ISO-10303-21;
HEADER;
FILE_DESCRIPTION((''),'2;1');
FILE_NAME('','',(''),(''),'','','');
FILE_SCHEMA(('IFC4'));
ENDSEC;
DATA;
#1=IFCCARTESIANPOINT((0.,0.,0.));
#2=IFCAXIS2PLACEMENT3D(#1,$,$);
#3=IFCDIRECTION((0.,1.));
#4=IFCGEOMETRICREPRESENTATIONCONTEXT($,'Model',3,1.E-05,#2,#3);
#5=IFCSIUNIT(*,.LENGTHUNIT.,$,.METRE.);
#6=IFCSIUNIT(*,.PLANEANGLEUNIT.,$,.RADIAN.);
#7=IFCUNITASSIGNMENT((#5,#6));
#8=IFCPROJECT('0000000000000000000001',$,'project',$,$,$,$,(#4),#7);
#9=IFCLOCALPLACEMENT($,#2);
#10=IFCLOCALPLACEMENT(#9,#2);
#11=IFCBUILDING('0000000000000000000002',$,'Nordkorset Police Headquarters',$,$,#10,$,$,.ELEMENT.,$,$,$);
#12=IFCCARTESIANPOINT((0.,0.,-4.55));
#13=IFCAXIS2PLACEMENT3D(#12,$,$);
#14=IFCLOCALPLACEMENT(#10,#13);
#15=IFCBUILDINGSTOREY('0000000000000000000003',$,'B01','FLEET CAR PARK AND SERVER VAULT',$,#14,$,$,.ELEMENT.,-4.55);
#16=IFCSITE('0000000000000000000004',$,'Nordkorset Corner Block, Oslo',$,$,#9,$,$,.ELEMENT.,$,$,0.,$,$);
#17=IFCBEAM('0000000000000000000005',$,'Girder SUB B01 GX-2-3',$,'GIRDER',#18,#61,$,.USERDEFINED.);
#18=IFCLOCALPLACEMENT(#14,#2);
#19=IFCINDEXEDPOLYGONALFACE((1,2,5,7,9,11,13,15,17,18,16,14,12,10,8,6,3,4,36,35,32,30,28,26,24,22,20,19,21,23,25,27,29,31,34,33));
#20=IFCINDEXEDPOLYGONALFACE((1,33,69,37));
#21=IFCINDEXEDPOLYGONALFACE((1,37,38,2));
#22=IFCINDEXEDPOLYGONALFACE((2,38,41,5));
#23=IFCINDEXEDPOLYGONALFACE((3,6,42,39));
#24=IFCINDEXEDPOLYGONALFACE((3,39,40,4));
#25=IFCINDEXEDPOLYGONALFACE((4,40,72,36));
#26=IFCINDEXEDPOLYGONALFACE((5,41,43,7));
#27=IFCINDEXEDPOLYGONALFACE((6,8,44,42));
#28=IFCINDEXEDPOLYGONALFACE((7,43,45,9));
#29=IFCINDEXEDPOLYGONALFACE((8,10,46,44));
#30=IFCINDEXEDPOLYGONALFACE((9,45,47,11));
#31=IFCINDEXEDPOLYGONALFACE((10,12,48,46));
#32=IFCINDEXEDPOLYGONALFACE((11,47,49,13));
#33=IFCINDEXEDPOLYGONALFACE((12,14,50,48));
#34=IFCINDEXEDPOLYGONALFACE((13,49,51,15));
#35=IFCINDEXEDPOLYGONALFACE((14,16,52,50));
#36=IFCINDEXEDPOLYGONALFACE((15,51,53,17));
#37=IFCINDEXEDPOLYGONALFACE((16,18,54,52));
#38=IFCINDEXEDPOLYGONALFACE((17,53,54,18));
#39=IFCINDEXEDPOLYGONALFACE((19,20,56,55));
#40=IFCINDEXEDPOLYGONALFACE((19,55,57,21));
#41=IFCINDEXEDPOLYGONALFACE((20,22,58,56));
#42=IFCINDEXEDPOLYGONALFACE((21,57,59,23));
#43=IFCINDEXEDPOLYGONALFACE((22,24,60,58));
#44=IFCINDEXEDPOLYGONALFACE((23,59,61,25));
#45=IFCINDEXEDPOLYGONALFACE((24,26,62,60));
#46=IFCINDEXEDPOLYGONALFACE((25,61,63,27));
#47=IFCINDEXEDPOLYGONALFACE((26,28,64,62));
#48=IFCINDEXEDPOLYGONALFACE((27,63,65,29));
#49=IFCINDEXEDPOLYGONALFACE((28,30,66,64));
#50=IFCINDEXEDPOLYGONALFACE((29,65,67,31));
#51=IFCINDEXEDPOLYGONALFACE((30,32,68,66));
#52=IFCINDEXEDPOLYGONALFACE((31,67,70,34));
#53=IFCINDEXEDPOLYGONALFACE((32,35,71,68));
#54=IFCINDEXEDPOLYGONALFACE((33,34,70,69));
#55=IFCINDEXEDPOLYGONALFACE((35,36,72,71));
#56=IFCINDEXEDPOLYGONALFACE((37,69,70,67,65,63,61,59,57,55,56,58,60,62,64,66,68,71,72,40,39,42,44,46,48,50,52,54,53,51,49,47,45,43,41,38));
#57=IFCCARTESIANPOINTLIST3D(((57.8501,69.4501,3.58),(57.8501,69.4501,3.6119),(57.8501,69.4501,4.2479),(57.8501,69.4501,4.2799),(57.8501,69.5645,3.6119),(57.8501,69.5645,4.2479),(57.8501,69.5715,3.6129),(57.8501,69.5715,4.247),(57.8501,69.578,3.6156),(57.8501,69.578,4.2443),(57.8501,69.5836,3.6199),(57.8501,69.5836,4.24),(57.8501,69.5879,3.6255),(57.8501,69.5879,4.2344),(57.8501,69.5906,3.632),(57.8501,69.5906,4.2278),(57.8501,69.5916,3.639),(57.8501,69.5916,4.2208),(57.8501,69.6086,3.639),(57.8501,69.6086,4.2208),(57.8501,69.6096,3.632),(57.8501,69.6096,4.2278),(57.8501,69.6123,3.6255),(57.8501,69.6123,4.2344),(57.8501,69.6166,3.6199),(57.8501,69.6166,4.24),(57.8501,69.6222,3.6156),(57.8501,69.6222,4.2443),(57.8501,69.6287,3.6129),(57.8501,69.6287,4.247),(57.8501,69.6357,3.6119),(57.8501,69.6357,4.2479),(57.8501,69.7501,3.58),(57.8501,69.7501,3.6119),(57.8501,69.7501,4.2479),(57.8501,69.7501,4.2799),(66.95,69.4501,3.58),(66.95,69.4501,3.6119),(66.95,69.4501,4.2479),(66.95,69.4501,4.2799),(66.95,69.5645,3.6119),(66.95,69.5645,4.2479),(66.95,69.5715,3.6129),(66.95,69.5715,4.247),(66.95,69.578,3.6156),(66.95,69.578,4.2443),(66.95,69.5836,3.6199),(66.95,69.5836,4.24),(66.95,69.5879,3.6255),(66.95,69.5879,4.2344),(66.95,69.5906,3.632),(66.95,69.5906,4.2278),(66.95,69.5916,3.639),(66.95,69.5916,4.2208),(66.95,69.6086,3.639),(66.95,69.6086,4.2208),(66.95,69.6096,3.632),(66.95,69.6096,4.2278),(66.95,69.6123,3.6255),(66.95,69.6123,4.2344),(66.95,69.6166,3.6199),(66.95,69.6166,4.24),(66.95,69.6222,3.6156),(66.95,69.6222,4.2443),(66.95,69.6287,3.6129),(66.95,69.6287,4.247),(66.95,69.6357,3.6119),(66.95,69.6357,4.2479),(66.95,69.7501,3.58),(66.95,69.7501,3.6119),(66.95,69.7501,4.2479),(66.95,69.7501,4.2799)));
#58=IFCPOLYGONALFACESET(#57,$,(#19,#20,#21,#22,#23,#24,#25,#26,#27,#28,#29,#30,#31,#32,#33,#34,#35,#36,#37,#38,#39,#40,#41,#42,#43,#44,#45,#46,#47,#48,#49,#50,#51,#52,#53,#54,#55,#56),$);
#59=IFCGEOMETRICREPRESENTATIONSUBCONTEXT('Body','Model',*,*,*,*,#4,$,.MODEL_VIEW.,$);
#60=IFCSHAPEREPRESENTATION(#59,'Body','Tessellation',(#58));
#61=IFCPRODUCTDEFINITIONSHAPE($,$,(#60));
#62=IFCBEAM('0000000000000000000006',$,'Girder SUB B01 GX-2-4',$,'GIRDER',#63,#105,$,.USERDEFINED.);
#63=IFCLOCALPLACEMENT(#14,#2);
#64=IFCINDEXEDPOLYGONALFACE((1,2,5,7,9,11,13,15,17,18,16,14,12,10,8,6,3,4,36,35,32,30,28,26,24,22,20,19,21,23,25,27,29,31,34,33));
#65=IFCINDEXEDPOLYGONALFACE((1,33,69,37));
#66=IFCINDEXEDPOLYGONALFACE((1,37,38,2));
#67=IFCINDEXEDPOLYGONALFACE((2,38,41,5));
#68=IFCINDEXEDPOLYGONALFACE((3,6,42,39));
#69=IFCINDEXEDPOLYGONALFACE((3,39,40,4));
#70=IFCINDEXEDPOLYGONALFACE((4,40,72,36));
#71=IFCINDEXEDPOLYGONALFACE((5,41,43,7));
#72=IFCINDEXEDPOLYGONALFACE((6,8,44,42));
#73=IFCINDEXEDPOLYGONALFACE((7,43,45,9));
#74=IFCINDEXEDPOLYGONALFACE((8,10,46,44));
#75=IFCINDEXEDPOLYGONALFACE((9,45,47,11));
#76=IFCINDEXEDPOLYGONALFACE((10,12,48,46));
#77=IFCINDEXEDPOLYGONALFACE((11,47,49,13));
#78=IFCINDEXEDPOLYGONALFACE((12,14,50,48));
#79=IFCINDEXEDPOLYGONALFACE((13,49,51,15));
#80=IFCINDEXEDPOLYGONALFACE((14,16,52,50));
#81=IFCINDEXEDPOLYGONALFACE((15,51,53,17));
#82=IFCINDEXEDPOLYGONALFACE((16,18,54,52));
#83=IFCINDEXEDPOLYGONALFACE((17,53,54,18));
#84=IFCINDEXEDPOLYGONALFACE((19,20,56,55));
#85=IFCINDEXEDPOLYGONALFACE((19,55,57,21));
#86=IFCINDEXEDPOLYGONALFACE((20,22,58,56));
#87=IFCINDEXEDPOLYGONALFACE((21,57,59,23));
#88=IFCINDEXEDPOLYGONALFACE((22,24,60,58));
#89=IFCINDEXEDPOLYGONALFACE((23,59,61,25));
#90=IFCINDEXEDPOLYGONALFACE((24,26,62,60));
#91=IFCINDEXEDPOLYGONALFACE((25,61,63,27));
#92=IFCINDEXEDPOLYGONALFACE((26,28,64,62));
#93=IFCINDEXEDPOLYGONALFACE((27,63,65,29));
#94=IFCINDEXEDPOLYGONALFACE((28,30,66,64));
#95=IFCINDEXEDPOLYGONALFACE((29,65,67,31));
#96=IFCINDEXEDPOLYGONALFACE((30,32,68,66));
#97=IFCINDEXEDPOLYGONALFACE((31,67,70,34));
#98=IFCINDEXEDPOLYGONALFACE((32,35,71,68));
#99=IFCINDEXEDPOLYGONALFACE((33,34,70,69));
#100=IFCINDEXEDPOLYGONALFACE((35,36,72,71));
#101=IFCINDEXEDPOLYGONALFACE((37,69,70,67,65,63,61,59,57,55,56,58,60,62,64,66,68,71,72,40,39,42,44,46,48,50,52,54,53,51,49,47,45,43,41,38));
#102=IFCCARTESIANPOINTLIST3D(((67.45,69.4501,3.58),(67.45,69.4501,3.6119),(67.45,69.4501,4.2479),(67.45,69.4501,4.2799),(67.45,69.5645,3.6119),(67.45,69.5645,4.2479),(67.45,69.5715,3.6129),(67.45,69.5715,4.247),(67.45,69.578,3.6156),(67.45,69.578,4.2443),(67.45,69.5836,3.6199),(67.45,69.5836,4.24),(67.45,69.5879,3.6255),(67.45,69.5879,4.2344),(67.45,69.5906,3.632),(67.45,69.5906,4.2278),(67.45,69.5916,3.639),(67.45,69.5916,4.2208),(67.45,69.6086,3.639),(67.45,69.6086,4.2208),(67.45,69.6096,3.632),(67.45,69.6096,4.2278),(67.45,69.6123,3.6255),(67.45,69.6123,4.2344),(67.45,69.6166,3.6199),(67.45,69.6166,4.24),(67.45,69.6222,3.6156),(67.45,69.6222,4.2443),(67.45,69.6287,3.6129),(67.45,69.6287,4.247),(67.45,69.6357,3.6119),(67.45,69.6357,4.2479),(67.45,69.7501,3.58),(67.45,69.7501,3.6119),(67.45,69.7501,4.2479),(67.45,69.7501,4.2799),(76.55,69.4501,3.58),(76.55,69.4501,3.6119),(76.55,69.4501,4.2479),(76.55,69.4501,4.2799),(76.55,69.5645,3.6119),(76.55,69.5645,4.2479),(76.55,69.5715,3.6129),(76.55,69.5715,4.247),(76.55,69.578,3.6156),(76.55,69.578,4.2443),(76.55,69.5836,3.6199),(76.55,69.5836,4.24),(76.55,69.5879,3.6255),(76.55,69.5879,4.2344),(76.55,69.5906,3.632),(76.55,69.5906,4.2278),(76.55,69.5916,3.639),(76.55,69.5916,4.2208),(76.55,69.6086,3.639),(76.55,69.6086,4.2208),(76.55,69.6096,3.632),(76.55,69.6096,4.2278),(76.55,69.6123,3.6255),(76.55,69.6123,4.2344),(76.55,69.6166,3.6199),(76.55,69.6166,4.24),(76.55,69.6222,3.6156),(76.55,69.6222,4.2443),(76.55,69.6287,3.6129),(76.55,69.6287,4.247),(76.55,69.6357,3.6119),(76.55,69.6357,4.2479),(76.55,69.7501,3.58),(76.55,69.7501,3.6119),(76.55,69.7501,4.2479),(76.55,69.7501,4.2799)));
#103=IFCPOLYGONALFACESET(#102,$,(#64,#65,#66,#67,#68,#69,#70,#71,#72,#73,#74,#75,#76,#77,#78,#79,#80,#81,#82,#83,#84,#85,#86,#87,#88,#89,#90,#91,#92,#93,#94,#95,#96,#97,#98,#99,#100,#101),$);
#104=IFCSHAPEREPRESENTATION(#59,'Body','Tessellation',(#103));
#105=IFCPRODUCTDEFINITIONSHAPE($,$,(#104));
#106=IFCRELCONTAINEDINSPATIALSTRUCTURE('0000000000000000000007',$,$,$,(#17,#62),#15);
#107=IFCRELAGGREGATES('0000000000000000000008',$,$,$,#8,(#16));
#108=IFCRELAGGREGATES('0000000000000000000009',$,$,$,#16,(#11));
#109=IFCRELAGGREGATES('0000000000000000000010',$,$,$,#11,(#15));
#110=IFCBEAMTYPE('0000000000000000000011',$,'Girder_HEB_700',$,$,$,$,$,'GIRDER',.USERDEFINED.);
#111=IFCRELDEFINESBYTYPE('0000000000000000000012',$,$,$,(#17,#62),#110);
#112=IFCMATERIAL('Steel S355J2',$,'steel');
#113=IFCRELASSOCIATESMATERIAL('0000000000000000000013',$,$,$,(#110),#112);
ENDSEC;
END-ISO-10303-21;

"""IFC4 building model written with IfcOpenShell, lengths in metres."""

from ifc_helpers import new_model, si_unit, direction, frame, origin, origin_2d, place, context, subcontext, project, spatial, i_section, extrude, material, material_profile, profile_set, type_object, element, save


model = new_model("IFC4")

# Units and contexts
model_context = context("Model", 3, precision=1e-05, world=origin(), true_north=direction((0.0, 1.0)))
body_context = subcontext(model_context, "Body", "Model", "MODEL_VIEW")
ifc_project = project(units=[si_unit("LENGTHUNIT", "METRE"), si_unit("PLANEANGLEUNIT", "RADIAN")], contexts=[model_context])

# Site, building, storey
site_placement = place(None, origin())
site = spatial("IfcSite", under=ifc_project, at=site_placement, Name="Nordkorset Corner Block, Oslo", CompositionType="ELEMENT", RefElevation=0.0)
building_placement = place(site_placement, origin())
building = spatial("IfcBuilding", under=site, at=building_placement, Name="Nordkorset Police Headquarters", CompositionType="ELEMENT")
storey_placement = place(building_placement, frame((0.0, 0.0, -4.55)))
storey = spatial("IfcBuildingStorey", under=building, at=storey_placement, Name="B01", Description="FLEET CAR PARK AND SERVER VAULT", CompositionType="ELEMENT", Elevation=-4.55)

# Beams
ifc_material_1 = material(Name="Steel S355J2", Category="steel")
ifc_material_profile_1 = material_profile(ifc_material_1, i_section(OverallWidth=0.3, OverallDepth=0.7, WebThickness=0.0171, FlangeThickness=0.032, FilletRadius=0.0271, at=origin_2d()), Name="HEB 700")
ifc_profile_set_1 = profile_set([ifc_material_profile_1], Name="Steel S355J2")
beam_type_1 = type_object("IfcBeamType", Name="Girder_HEB_700", ElementType="GIRDER", PredefinedType="USERDEFINED", material=ifc_profile_set_1)
beam_1_placement = place(storey_placement, frame((57.8501, 69.6001, 3.9299), z_axis=(1.0, 0.0, 0.0), x_axis=(0.0, 1.0, 0.0)))
element("IfcBeam", 1, at=beam_1_placement, inside=storey, type_object=beam_type_1, Name="Girder SUB B01 GX-2-3", ObjectType="GIRDER", PredefinedType="USERDEFINED", context=body_context, shape_type="SweptSolid", body=[
    extrude(i_section(OverallWidth=0.3, OverallDepth=0.7, WebThickness=0.0171, FlangeThickness=0.032, FilletRadius=0.0271, at=origin_2d()), origin(), (0.0, 0.0, 1.0), 9.0999),
])
beam_2_placement = place(storey_placement, frame((67.45, 69.6001, 3.9299), z_axis=(1.0, 0.0, 0.0), x_axis=(0.0, 1.0, 0.0)))
element("IfcBeam", 2, at=beam_2_placement, inside=storey, type_object=beam_type_1, Name="Girder SUB B01 GX-2-4", ObjectType="GIRDER", PredefinedType="USERDEFINED", context=body_context, shape_type="SweptSolid", body=[
    extrude(i_section(OverallWidth=0.3, OverallDepth=0.7, WebThickness=0.0171, FlangeThickness=0.032, FilletRadius=0.0271, at=origin_2d()), origin(), (0.0, 0.0, 1.0), 9.1001),
])

save(model, "model.ifc")
